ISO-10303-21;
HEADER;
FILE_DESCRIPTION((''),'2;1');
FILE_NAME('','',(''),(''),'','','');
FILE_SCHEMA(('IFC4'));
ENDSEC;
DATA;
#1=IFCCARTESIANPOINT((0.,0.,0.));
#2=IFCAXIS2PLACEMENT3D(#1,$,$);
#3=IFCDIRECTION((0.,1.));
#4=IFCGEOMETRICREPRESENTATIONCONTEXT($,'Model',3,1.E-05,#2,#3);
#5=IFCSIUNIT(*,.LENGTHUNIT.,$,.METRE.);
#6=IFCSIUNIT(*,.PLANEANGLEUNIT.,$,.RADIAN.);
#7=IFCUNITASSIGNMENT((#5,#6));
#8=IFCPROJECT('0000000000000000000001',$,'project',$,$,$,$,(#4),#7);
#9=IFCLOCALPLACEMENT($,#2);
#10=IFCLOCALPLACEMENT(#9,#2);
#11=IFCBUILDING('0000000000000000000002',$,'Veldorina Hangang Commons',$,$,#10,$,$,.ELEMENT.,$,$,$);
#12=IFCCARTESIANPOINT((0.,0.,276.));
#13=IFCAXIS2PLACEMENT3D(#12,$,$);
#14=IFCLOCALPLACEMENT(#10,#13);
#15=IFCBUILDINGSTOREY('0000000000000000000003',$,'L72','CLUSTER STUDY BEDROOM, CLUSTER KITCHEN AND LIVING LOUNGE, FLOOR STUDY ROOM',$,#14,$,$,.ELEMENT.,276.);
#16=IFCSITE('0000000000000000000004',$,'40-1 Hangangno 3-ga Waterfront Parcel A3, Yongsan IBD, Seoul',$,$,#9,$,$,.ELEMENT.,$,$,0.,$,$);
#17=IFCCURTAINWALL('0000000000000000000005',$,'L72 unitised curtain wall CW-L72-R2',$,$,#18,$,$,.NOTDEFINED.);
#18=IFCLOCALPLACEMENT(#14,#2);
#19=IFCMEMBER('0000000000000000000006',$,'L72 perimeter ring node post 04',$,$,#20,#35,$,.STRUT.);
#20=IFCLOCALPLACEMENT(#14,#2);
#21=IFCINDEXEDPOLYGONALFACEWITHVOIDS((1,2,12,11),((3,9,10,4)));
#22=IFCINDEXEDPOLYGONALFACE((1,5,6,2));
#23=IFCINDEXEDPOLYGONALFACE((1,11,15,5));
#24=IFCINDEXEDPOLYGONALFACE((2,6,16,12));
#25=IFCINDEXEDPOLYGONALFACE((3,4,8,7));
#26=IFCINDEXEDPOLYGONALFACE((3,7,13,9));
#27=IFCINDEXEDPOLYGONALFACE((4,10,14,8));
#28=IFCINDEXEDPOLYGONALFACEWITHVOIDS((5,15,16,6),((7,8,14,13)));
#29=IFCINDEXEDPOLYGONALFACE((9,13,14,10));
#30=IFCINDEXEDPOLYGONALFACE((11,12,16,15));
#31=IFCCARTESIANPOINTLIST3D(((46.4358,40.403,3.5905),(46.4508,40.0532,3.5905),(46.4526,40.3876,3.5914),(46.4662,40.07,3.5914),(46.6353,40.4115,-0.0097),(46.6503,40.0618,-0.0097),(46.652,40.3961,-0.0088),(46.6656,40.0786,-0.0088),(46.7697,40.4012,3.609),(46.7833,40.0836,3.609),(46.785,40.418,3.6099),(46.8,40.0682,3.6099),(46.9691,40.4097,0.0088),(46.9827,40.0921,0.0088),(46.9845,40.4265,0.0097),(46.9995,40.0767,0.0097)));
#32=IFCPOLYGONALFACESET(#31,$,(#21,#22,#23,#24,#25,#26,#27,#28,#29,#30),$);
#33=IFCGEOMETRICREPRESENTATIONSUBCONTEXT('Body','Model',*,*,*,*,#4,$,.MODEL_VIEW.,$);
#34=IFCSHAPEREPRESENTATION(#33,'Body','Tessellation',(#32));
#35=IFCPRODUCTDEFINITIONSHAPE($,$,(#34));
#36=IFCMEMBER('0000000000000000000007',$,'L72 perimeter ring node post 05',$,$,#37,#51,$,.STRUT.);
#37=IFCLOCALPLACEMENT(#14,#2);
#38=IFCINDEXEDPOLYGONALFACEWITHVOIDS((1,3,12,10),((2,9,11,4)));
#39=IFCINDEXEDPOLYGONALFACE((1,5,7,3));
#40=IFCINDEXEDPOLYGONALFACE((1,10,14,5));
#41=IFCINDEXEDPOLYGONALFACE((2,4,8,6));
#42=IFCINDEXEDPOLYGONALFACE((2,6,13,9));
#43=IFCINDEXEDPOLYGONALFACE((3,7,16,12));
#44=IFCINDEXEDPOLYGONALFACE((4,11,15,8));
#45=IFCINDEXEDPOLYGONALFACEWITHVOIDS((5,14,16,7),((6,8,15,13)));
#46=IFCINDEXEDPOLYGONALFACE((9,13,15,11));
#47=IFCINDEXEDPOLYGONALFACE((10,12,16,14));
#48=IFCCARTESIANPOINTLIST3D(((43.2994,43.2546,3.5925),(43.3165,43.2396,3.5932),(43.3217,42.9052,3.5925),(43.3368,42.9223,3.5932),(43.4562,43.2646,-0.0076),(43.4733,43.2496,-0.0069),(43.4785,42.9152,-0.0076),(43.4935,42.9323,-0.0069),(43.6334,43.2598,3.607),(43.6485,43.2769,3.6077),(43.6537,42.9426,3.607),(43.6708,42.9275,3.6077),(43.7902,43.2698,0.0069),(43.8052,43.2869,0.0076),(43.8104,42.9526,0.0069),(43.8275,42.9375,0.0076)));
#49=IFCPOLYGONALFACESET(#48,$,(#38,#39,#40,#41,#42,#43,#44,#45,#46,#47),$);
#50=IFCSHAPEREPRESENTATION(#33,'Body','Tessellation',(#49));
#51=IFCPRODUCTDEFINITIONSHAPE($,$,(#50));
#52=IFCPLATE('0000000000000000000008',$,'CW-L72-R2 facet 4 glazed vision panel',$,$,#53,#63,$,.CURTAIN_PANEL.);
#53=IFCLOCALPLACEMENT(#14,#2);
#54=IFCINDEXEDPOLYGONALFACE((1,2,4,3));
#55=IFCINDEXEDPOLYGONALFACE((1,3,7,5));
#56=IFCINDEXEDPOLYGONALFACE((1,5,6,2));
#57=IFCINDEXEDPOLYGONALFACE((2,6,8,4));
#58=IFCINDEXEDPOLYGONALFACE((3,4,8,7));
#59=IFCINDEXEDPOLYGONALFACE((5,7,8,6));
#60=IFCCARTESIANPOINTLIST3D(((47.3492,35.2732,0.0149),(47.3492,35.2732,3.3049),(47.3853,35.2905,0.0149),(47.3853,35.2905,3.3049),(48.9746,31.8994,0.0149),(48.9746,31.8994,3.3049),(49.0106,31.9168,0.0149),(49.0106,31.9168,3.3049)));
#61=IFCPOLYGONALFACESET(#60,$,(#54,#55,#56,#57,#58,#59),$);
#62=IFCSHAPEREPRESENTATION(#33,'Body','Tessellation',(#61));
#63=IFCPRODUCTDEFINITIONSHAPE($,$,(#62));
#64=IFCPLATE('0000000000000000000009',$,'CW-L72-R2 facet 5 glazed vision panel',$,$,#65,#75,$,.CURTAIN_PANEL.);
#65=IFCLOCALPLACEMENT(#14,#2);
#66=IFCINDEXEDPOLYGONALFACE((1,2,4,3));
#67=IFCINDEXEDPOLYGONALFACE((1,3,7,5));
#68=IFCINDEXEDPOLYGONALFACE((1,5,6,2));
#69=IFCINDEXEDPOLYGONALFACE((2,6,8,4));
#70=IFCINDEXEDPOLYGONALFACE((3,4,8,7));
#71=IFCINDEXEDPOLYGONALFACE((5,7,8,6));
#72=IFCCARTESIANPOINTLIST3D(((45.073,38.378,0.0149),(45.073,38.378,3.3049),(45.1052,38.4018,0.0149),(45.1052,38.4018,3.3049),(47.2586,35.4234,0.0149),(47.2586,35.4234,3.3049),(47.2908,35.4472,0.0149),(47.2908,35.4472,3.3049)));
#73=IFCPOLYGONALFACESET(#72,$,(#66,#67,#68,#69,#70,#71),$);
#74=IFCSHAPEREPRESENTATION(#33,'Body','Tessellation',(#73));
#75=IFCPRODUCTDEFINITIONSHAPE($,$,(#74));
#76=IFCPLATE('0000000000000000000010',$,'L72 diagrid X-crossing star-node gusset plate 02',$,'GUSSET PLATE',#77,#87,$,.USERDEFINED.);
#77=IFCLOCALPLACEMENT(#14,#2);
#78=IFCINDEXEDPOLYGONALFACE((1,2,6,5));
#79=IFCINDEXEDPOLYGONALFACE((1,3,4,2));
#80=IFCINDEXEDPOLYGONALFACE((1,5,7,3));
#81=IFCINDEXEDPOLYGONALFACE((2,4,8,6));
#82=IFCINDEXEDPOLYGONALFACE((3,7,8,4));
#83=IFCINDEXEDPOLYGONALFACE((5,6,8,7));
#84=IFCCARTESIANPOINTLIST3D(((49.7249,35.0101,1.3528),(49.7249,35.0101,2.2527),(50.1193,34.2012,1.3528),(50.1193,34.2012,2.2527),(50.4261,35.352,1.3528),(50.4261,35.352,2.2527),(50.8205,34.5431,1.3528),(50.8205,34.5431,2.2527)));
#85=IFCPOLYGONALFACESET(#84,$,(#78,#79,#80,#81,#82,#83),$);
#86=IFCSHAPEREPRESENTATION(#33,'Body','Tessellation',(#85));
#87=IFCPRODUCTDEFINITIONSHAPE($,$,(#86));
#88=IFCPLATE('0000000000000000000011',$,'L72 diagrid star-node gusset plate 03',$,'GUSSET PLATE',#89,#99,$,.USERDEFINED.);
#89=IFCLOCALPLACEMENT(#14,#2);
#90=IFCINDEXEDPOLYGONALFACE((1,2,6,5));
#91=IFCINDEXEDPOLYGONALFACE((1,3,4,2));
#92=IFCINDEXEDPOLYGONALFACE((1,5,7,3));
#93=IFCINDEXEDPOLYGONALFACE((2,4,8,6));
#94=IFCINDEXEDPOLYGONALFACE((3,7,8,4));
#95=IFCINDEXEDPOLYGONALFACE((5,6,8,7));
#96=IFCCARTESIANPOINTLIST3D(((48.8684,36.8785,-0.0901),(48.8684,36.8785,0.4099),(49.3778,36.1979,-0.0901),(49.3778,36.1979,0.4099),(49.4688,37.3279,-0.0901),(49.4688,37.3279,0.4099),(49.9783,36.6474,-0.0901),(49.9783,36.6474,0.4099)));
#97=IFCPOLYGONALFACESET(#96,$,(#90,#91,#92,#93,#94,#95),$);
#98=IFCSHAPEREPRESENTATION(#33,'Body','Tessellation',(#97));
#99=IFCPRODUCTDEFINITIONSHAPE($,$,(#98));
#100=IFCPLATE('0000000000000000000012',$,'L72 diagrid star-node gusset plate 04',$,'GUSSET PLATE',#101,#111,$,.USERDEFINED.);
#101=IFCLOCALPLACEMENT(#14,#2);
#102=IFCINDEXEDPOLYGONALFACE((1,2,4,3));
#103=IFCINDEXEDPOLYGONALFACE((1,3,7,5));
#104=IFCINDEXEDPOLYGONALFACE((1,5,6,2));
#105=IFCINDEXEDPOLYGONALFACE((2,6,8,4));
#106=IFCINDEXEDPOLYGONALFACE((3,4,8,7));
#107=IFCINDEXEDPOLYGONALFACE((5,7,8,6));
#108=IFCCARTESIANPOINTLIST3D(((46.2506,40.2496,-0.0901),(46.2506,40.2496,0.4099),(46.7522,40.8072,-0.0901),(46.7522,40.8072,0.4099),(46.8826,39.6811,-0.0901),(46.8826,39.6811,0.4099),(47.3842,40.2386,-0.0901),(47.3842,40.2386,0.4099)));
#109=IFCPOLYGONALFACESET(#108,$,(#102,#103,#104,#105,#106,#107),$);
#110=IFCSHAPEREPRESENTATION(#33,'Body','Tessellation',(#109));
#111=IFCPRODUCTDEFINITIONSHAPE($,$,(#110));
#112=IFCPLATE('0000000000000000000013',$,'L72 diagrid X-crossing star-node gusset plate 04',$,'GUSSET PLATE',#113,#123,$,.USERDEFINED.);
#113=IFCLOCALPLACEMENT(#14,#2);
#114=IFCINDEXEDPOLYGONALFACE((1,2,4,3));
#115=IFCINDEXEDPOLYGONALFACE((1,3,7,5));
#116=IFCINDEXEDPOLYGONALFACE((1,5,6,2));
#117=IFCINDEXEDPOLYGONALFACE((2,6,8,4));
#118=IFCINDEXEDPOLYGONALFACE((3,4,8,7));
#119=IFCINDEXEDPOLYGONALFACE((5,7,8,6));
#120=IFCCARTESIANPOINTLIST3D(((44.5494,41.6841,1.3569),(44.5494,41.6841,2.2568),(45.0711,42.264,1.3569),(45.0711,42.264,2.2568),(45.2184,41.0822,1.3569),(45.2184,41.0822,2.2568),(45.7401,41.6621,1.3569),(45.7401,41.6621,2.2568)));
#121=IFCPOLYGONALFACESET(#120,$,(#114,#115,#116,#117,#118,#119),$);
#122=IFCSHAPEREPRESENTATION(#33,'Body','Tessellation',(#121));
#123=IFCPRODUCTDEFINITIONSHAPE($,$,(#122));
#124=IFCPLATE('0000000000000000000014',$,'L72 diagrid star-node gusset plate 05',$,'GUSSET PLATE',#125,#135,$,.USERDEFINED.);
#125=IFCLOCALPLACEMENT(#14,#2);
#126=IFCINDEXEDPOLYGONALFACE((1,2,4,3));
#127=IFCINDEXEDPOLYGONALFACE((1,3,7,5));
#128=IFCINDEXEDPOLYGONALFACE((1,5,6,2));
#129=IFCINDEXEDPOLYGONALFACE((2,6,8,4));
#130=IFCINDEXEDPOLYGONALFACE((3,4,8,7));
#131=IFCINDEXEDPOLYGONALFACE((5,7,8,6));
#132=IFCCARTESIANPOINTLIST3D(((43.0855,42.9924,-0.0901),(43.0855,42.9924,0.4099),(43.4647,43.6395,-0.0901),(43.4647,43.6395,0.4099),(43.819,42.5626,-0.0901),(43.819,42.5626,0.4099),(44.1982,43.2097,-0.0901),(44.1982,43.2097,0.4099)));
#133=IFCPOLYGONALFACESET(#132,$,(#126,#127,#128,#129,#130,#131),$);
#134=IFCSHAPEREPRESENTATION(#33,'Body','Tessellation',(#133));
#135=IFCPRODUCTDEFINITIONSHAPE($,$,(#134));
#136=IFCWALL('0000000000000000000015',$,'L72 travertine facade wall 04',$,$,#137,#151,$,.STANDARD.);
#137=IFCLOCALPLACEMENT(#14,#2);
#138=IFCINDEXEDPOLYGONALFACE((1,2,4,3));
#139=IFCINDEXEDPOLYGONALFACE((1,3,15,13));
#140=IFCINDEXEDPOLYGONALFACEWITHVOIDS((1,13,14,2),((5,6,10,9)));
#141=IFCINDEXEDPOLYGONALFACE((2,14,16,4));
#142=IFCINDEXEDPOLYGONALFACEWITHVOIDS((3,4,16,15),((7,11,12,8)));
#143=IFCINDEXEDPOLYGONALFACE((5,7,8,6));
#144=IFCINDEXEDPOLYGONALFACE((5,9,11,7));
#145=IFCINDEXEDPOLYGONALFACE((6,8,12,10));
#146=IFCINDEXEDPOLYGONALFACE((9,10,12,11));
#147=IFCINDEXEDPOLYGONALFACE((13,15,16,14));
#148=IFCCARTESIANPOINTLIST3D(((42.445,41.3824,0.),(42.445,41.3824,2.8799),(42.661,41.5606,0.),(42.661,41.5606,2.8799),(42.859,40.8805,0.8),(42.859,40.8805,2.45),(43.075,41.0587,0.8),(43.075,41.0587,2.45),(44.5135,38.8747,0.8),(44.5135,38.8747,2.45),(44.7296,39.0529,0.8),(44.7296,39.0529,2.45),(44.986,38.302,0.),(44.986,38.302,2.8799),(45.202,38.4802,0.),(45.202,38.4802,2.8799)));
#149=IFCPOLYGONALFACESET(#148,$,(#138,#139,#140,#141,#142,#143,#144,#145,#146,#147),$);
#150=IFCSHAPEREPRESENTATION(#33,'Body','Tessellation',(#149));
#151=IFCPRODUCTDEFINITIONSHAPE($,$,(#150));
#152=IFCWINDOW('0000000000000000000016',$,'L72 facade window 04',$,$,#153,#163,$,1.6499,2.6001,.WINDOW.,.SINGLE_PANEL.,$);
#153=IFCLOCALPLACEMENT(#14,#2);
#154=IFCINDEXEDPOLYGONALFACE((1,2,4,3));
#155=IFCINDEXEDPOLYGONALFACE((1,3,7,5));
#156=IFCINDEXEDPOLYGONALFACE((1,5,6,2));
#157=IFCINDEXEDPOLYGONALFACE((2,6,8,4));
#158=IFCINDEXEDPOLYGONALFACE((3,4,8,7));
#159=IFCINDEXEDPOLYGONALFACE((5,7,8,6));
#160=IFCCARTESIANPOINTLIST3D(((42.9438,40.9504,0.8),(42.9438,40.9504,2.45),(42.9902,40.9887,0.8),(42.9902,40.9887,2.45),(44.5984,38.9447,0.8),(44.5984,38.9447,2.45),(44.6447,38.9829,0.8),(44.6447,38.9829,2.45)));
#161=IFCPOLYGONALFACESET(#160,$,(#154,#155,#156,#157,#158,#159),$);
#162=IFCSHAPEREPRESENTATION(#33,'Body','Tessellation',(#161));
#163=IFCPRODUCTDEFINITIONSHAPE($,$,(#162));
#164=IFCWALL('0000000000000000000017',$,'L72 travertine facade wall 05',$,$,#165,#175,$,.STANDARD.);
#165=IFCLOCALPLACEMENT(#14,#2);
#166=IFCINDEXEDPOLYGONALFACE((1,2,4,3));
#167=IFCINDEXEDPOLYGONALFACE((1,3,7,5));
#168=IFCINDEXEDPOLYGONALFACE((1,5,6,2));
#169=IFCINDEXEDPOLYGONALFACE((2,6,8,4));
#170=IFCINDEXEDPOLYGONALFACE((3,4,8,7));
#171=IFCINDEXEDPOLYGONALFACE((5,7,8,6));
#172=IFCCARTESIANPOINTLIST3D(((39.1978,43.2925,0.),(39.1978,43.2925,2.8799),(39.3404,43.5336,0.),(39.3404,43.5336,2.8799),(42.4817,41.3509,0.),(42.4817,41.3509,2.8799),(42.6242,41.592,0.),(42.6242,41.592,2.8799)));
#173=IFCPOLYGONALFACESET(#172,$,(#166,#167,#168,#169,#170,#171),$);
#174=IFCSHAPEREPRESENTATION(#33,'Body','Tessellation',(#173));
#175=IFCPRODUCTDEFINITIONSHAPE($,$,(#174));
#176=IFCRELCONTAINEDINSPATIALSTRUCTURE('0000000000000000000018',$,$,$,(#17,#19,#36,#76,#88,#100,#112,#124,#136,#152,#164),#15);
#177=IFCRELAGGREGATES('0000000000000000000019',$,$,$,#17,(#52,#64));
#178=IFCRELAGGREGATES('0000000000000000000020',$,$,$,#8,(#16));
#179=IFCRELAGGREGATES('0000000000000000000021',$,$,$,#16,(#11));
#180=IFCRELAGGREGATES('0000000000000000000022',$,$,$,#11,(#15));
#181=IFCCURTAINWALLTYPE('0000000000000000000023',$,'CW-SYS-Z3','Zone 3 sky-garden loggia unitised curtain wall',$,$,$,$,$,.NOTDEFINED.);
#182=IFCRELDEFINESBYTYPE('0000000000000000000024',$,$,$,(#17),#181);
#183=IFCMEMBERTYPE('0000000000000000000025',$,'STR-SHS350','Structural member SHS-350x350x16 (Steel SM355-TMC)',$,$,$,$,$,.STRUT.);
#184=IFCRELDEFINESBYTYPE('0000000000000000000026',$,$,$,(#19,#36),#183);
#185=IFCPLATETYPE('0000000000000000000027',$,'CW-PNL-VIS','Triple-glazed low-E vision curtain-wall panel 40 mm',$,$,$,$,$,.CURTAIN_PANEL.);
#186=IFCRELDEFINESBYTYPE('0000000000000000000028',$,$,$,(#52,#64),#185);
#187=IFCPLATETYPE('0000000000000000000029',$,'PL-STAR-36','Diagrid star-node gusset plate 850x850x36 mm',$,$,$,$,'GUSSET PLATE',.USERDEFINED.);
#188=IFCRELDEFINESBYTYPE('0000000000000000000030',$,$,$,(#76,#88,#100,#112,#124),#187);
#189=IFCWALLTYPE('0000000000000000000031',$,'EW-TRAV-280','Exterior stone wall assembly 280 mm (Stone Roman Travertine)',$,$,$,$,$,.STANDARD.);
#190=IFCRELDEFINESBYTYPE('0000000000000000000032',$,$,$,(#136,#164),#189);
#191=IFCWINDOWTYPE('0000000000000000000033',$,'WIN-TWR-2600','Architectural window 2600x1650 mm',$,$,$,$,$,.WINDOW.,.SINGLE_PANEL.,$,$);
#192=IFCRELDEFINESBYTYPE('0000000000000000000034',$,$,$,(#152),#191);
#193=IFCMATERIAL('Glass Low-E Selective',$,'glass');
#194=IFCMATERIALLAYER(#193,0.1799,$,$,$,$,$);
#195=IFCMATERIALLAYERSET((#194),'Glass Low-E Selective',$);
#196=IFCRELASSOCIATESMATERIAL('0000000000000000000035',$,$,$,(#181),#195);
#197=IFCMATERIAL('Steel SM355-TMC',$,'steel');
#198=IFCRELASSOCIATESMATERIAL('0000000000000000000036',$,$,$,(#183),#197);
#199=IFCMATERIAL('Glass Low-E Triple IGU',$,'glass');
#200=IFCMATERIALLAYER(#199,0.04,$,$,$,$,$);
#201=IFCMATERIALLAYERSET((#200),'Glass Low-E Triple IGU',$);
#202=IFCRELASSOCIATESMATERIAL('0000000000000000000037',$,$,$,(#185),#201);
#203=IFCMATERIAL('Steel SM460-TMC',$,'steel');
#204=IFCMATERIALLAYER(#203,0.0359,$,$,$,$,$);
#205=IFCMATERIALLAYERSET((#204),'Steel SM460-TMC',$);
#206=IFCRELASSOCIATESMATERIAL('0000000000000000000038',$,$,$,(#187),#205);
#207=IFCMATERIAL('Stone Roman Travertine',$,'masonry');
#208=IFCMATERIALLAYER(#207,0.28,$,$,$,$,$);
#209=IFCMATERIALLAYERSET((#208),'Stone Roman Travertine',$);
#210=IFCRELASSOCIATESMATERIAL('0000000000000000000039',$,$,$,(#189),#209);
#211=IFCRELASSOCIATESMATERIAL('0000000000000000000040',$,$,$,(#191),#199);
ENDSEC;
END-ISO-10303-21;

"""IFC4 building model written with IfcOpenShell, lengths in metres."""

from ifc_helpers import new_model, si_unit, direction, frame, frame_2d, origin, origin_2d, place, context, subcontext, project, spatial, rectangle, hollow_rectangle, extrude, material, layer, layer_set, material_profile, profile_set, type_object, element, fill, aggregate, save


model = new_model("IFC4")

# Units and contexts
model_context = context("Model", 3, precision=1e-05, world=origin(), true_north=direction((0.0, 1.0)))
body_context = subcontext(model_context, "Body", "Model", "MODEL_VIEW")
ifc_project = project(units=[si_unit("LENGTHUNIT", "METRE"), si_unit("PLANEANGLEUNIT", "RADIAN")], contexts=[model_context])

# Site, building, storey
site_placement = place(None, origin())
site = spatial("IfcSite", under=ifc_project, at=site_placement, Name="40-1 Hangangno 3-ga Waterfront Parcel A3, Yongsan IBD, Seoul", CompositionType="ELEMENT", RefElevation=0.0)
building_placement = place(site_placement, origin())
building = spatial("IfcBuilding", under=site, at=building_placement, Name="Veldorina Hangang Commons", CompositionType="ELEMENT")
storey_placement = place(building_placement, frame((0.0, 0.0, 276.0)))
storey = spatial("IfcBuildingStorey", under=building, at=storey_placement, Name="L72", Description="CLUSTER STUDY BEDROOM, CLUSTER KITCHEN AND LIVING LOUNGE, FLOOR STUDY ROOM", CompositionType="ELEMENT", Elevation=276.0)

# Shared definitions
ifc_material_1 = material(Name="Steel SM355-TMC", Category="steel")

# Curtain wall
ifc_material_2 = material(Name="Glass Low-E Selective", Category="glass")
ifc_layer_1 = layer(ifc_material_2, 0.1799)
ifc_layer_set_1 = layer_set([ifc_layer_1], Name="Glass Low-E Selective")
curtain_wall_type = type_object("IfcCurtainWallType", Name="CW-SYS-Z3", Description="Zone 3 sky-garden loggia unitised curtain wall", PredefinedType="NOTDEFINED", material=ifc_layer_set_1)
curtain_wall_placement = place(storey_placement, origin())
curtain_wall = element("IfcCurtainWall", 1, at=curtain_wall_placement, inside=storey, type_object=curtain_wall_type, Name="L72 unitised curtain wall CW-L72-R2", PredefinedType="NOTDEFINED")

# Members
ifc_material_profile_1 = material_profile(ifc_material_1, hollow_rectangle(XDim=0.3501, YDim=0.3501, WallThickness=0.0161, at=origin_2d()), Name="SHS-350x350x16")
ifc_profile_set_1 = profile_set([ifc_material_profile_1], Name="Steel SM355-TMC")
member_type_1 = type_object("IfcMemberType", Name="STR-SHS350", Description="Structural member SHS-350x350x16 (Steel SM355-TMC)", PredefinedType="STRUT", material=ifc_profile_set_1)
member_1_placement = place(storey_placement, frame((46.8174, 40.2441, 0.0), z_axis=(-0.05532, -0.00237, 0.998466), x_axis=(0.0428, -0.999084, 0.0)))
element("IfcMember", 2, at=member_1_placement, inside=storey, type_object=member_type_1, Name="L72 perimeter ring node post 04", PredefinedType="STRUT", context=body_context, shape_type="SweptSolid", body=[
    extrude(hollow_rectangle(XDim=0.3501, YDim=0.3501, WallThickness=0.0161, at=origin_2d()), origin(), (0.0, 0.0, 1.0), 3.6057),
])
member_2_placement = place(storey_placement, frame((43.6418, 43.1011, 0.0), z_axis=(-0.043496, -0.002778, 0.99905), x_axis=(0.063733, -0.997967, 0.0)))
element("IfcMember", 3, at=member_2_placement, inside=storey, type_object=member_type_1, Name="L72 perimeter ring node post 05", PredefinedType="STRUT", context=body_context, shape_type="SweptSolid", body=[
    extrude(hollow_rectangle(XDim=0.3501, YDim=0.3501, WallThickness=0.0161, at=origin_2d()), origin(), (0.0, 0.0, 1.0), 3.6035),
])

# Plates
ifc_material_3 = material(Name="Glass Low-E Triple IGU", Category="glass")
ifc_layer_2 = layer(ifc_material_3, 0.04)
ifc_layer_set_2 = layer_set([ifc_layer_2], Name="Glass Low-E Triple IGU")
plate_type_1 = type_object("IfcPlateType", Name="CW-PNL-VIS", Description="Triple-glazed low-E vision curtain-wall panel 40 mm", PredefinedType="CURTAIN_PANEL", material=ifc_layer_set_2)
plate_1_placement = place(storey_placement, frame((48.1799, 33.595, 0.0149), z_axis=(0.0, 0.0, 1.0), x_axis=(-0.434021, 0.900903, 0.0)))
plate_1 = element("IfcPlate", 4, at=plate_1_placement, type_object=plate_type_1, Name="CW-L72-R2 facet 4 glazed vision panel", PredefinedType="CURTAIN_PANEL", context=body_context, shape_type="SweptSolid", body=[
    extrude(rectangle(XDim=3.7449, YDim=0.04, at=origin_2d()), origin(), (0.0, 0.0, 1.0), 3.29),
])
plate_2_placement = place(storey_placement, frame((46.1819, 36.9126, 0.0149), z_axis=(0.0, 0.0, 1.0), x_axis=(-0.594711, 0.80394, 0.0)))
plate_2 = element("IfcPlate", 5, at=plate_2_placement, type_object=plate_type_1, Name="CW-L72-R2 facet 5 glazed vision panel", PredefinedType="CURTAIN_PANEL", context=body_context, shape_type="SweptSolid", body=[
    extrude(rectangle(XDim=3.675, YDim=0.04, at=origin_2d()), origin(), (0.0, 0.0, 1.0), 3.29),
])
aggregate(curtain_wall, [plate_1, plate_2])

# Plates
ifc_material_4 = material(Name="Steel SM460-TMC", Category="steel")
ifc_layer_3 = layer(ifc_material_4, 0.0359)
ifc_layer_set_3 = layer_set([ifc_layer_3], Name="Steel SM460-TMC")
plate_type_2 = type_object("IfcPlateType", Name="PL-STAR-36", Description="Diagrid star-node gusset plate 850x850x36 mm", ElementType="GUSSET PLATE", PredefinedType="USERDEFINED", material=ifc_layer_set_3)
plate_3_placement = place(storey_placement, frame((50.2727, 34.7766, 1.3528), z_axis=(0.0, 0.0, 1.0), x_axis=(-0.438246, 0.898855, 0.0)))
element("IfcPlate", 6, at=plate_3_placement, inside=storey, type_object=plate_type_2, Name="L72 diagrid X-crossing star-node gusset plate 02", ObjectType="GUSSET PLATE", PredefinedType="USERDEFINED", context=body_context, shape_type="SweptSolid", body=[
    extrude(rectangle(XDim=0.8999, YDim=0.78, at=origin_2d()), origin(), (0.0, 0.0, 1.0), 0.8999),
])
for number, where, z_axis, x_axis, name in (
    (7, (49.4233, 36.7629, -0.0901), (0.0, 0.0, 1.0), (-0.599261, 0.800554, 0.0), "L72 diagrid star-node gusset plate 03"),
    (8, (46.8174, 40.2441, -0.0901), (0.0, 0.0, 1.0), (-0.743413, 0.668832, 0.0), "L72 diagrid star-node gusset plate 04"),
):
    element("IfcPlate", number, at=place(storey_placement, frame(where, z_axis=z_axis, x_axis=x_axis)), inside=storey, type_object=plate_type_2, Name=name, ObjectType="GUSSET PLATE", PredefinedType="USERDEFINED", context=body_context, shape_type="SweptSolid", body=[
        extrude(rectangle(XDim=0.8501, YDim=0.75, at=origin_2d()), origin(), (0.0, 0.0, 1.0), 0.5),
    ])
plate_4_placement = place(storey_placement, frame((45.1448, 41.6731, 1.3569), z_axis=(0.0, 0.0, 1.0), x_axis=(-0.743413, 0.668832, 0.0)))
element("IfcPlate", 9, at=plate_4_placement, inside=storey, type_object=plate_type_2, Name="L72 diagrid X-crossing star-node gusset plate 04", ObjectType="GUSSET PLATE", PredefinedType="USERDEFINED", context=body_context, shape_type="SweptSolid", body=[
    extrude(rectangle(XDim=0.8999, YDim=0.78, at=origin_2d()), origin(), (0.0, 0.0, 1.0), 0.8999),
])
plate_5_placement = place(storey_placement, frame((43.6418, 43.1011, -0.0901), z_axis=(0.0, 0.0, 1.0), x_axis=(-0.862779, 0.505582, 0.0)))
element("IfcPlate", 10, at=plate_5_placement, inside=storey, type_object=plate_type_2, Name="L72 diagrid star-node gusset plate 05", ObjectType="GUSSET PLATE", PredefinedType="USERDEFINED", context=body_context, shape_type="SweptSolid", body=[
    extrude(rectangle(XDim=0.8501, YDim=0.75, at=origin_2d()), origin(), (0.0, 0.0, 1.0), 0.5),
])

# Wall, opening, window
ifc_material_5 = material(Name="Stone Roman Travertine", Category="masonry")
ifc_layer_4 = layer(ifc_material_5, 0.28)
ifc_layer_set_4 = layer_set([ifc_layer_4], Name="Stone Roman Travertine")
wall_type_1 = type_object("IfcWallType", Name="EW-TRAV-280", Description="Exterior stone wall assembly 280 mm (Stone Roman Travertine)", PredefinedType="STANDARD", material=ifc_layer_set_4)
wall_1_placement = place(storey_placement, frame((45.094, 38.3911, 0.0), z_axis=(0.0, 0.0, 1.0), x_axis=(-0.636346, 0.771404, 0.0)))
wall_1 = element("IfcWall", 11, at=wall_1_placement, inside=storey, type_object=wall_type_1, Name="L72 travertine facade wall 04", PredefinedType="STANDARD", context=body_context, shape_type="SweptSolid", body=[
    extrude(rectangle(XDim=3.9932, YDim=0.28, at=frame_2d((1.9966, 0.0))), origin(), (0.0, 0.0, 1.0), 2.8799),
])
opening_1_placement = place(wall_1_placement, frame((0.7424, 0.0, 0.8)))
opening_1 = element("IfcOpeningElement", 12, at=opening_1_placement, cuts=wall_1, PredefinedType="OPENING", context=body_context, shape_type="SweptSolid", body=[
    extrude(rectangle(XDim=2.6001, YDim=1.6499, at=frame_2d((1.3, 0.825))), frame((0.0, 0.1499, 0.0), z_axis=(0.0, -1.0, 0.0), x_axis=(1.0, 0.0, 0.0)), (0.0, 0.0, 1.0), 0.3),
])
window_type = type_object("IfcWindowType", Name="WIN-TWR-2600", Description="Architectural window 2600x1650 mm", PartitioningType="SINGLE_PANEL", PredefinedType="WINDOW", material=ifc_material_3)
window_placement = place(opening_1_placement, origin())
window = element("IfcWindow", 13, at=window_placement, inside=storey, type_object=window_type, Name="L72 facade window 04", OverallHeight=1.6499, OverallWidth=2.6001, PartitioningType="SINGLE_PANEL", PredefinedType="WINDOW", context=body_context, shape_type="SweptSolid", body=[
    extrude(rectangle(XDim=2.6001, YDim=1.6499, at=frame_2d((1.3, 0.825))), frame((0.0, 0.03, 0.0), z_axis=(0.0, -1.0, 0.0), x_axis=(1.0, 0.0, 0.0)), (0.0, 0.0, 1.0), 0.0601),
])
fill(opening_1, window)

# Wall
wall_2_placement = place(storey_placement, frame((42.553, 41.4714, 0.0), z_axis=(0.0, 0.0, 1.0), x_axis=(-0.860795, 0.508951, 0.0)))
element("IfcWall", 14, at=wall_2_placement, inside=storey, type_object=wall_type_1, Name="L72 travertine facade wall 05", PredefinedType="STANDARD", context=body_context, shape_type="SweptSolid", body=[
    extrude(rectangle(XDim=3.8149, YDim=0.28, at=frame_2d((1.9075, 0.0))), origin(), (0.0, 0.0, 1.0), 2.8799),
])

save(model, "model.ifc")
